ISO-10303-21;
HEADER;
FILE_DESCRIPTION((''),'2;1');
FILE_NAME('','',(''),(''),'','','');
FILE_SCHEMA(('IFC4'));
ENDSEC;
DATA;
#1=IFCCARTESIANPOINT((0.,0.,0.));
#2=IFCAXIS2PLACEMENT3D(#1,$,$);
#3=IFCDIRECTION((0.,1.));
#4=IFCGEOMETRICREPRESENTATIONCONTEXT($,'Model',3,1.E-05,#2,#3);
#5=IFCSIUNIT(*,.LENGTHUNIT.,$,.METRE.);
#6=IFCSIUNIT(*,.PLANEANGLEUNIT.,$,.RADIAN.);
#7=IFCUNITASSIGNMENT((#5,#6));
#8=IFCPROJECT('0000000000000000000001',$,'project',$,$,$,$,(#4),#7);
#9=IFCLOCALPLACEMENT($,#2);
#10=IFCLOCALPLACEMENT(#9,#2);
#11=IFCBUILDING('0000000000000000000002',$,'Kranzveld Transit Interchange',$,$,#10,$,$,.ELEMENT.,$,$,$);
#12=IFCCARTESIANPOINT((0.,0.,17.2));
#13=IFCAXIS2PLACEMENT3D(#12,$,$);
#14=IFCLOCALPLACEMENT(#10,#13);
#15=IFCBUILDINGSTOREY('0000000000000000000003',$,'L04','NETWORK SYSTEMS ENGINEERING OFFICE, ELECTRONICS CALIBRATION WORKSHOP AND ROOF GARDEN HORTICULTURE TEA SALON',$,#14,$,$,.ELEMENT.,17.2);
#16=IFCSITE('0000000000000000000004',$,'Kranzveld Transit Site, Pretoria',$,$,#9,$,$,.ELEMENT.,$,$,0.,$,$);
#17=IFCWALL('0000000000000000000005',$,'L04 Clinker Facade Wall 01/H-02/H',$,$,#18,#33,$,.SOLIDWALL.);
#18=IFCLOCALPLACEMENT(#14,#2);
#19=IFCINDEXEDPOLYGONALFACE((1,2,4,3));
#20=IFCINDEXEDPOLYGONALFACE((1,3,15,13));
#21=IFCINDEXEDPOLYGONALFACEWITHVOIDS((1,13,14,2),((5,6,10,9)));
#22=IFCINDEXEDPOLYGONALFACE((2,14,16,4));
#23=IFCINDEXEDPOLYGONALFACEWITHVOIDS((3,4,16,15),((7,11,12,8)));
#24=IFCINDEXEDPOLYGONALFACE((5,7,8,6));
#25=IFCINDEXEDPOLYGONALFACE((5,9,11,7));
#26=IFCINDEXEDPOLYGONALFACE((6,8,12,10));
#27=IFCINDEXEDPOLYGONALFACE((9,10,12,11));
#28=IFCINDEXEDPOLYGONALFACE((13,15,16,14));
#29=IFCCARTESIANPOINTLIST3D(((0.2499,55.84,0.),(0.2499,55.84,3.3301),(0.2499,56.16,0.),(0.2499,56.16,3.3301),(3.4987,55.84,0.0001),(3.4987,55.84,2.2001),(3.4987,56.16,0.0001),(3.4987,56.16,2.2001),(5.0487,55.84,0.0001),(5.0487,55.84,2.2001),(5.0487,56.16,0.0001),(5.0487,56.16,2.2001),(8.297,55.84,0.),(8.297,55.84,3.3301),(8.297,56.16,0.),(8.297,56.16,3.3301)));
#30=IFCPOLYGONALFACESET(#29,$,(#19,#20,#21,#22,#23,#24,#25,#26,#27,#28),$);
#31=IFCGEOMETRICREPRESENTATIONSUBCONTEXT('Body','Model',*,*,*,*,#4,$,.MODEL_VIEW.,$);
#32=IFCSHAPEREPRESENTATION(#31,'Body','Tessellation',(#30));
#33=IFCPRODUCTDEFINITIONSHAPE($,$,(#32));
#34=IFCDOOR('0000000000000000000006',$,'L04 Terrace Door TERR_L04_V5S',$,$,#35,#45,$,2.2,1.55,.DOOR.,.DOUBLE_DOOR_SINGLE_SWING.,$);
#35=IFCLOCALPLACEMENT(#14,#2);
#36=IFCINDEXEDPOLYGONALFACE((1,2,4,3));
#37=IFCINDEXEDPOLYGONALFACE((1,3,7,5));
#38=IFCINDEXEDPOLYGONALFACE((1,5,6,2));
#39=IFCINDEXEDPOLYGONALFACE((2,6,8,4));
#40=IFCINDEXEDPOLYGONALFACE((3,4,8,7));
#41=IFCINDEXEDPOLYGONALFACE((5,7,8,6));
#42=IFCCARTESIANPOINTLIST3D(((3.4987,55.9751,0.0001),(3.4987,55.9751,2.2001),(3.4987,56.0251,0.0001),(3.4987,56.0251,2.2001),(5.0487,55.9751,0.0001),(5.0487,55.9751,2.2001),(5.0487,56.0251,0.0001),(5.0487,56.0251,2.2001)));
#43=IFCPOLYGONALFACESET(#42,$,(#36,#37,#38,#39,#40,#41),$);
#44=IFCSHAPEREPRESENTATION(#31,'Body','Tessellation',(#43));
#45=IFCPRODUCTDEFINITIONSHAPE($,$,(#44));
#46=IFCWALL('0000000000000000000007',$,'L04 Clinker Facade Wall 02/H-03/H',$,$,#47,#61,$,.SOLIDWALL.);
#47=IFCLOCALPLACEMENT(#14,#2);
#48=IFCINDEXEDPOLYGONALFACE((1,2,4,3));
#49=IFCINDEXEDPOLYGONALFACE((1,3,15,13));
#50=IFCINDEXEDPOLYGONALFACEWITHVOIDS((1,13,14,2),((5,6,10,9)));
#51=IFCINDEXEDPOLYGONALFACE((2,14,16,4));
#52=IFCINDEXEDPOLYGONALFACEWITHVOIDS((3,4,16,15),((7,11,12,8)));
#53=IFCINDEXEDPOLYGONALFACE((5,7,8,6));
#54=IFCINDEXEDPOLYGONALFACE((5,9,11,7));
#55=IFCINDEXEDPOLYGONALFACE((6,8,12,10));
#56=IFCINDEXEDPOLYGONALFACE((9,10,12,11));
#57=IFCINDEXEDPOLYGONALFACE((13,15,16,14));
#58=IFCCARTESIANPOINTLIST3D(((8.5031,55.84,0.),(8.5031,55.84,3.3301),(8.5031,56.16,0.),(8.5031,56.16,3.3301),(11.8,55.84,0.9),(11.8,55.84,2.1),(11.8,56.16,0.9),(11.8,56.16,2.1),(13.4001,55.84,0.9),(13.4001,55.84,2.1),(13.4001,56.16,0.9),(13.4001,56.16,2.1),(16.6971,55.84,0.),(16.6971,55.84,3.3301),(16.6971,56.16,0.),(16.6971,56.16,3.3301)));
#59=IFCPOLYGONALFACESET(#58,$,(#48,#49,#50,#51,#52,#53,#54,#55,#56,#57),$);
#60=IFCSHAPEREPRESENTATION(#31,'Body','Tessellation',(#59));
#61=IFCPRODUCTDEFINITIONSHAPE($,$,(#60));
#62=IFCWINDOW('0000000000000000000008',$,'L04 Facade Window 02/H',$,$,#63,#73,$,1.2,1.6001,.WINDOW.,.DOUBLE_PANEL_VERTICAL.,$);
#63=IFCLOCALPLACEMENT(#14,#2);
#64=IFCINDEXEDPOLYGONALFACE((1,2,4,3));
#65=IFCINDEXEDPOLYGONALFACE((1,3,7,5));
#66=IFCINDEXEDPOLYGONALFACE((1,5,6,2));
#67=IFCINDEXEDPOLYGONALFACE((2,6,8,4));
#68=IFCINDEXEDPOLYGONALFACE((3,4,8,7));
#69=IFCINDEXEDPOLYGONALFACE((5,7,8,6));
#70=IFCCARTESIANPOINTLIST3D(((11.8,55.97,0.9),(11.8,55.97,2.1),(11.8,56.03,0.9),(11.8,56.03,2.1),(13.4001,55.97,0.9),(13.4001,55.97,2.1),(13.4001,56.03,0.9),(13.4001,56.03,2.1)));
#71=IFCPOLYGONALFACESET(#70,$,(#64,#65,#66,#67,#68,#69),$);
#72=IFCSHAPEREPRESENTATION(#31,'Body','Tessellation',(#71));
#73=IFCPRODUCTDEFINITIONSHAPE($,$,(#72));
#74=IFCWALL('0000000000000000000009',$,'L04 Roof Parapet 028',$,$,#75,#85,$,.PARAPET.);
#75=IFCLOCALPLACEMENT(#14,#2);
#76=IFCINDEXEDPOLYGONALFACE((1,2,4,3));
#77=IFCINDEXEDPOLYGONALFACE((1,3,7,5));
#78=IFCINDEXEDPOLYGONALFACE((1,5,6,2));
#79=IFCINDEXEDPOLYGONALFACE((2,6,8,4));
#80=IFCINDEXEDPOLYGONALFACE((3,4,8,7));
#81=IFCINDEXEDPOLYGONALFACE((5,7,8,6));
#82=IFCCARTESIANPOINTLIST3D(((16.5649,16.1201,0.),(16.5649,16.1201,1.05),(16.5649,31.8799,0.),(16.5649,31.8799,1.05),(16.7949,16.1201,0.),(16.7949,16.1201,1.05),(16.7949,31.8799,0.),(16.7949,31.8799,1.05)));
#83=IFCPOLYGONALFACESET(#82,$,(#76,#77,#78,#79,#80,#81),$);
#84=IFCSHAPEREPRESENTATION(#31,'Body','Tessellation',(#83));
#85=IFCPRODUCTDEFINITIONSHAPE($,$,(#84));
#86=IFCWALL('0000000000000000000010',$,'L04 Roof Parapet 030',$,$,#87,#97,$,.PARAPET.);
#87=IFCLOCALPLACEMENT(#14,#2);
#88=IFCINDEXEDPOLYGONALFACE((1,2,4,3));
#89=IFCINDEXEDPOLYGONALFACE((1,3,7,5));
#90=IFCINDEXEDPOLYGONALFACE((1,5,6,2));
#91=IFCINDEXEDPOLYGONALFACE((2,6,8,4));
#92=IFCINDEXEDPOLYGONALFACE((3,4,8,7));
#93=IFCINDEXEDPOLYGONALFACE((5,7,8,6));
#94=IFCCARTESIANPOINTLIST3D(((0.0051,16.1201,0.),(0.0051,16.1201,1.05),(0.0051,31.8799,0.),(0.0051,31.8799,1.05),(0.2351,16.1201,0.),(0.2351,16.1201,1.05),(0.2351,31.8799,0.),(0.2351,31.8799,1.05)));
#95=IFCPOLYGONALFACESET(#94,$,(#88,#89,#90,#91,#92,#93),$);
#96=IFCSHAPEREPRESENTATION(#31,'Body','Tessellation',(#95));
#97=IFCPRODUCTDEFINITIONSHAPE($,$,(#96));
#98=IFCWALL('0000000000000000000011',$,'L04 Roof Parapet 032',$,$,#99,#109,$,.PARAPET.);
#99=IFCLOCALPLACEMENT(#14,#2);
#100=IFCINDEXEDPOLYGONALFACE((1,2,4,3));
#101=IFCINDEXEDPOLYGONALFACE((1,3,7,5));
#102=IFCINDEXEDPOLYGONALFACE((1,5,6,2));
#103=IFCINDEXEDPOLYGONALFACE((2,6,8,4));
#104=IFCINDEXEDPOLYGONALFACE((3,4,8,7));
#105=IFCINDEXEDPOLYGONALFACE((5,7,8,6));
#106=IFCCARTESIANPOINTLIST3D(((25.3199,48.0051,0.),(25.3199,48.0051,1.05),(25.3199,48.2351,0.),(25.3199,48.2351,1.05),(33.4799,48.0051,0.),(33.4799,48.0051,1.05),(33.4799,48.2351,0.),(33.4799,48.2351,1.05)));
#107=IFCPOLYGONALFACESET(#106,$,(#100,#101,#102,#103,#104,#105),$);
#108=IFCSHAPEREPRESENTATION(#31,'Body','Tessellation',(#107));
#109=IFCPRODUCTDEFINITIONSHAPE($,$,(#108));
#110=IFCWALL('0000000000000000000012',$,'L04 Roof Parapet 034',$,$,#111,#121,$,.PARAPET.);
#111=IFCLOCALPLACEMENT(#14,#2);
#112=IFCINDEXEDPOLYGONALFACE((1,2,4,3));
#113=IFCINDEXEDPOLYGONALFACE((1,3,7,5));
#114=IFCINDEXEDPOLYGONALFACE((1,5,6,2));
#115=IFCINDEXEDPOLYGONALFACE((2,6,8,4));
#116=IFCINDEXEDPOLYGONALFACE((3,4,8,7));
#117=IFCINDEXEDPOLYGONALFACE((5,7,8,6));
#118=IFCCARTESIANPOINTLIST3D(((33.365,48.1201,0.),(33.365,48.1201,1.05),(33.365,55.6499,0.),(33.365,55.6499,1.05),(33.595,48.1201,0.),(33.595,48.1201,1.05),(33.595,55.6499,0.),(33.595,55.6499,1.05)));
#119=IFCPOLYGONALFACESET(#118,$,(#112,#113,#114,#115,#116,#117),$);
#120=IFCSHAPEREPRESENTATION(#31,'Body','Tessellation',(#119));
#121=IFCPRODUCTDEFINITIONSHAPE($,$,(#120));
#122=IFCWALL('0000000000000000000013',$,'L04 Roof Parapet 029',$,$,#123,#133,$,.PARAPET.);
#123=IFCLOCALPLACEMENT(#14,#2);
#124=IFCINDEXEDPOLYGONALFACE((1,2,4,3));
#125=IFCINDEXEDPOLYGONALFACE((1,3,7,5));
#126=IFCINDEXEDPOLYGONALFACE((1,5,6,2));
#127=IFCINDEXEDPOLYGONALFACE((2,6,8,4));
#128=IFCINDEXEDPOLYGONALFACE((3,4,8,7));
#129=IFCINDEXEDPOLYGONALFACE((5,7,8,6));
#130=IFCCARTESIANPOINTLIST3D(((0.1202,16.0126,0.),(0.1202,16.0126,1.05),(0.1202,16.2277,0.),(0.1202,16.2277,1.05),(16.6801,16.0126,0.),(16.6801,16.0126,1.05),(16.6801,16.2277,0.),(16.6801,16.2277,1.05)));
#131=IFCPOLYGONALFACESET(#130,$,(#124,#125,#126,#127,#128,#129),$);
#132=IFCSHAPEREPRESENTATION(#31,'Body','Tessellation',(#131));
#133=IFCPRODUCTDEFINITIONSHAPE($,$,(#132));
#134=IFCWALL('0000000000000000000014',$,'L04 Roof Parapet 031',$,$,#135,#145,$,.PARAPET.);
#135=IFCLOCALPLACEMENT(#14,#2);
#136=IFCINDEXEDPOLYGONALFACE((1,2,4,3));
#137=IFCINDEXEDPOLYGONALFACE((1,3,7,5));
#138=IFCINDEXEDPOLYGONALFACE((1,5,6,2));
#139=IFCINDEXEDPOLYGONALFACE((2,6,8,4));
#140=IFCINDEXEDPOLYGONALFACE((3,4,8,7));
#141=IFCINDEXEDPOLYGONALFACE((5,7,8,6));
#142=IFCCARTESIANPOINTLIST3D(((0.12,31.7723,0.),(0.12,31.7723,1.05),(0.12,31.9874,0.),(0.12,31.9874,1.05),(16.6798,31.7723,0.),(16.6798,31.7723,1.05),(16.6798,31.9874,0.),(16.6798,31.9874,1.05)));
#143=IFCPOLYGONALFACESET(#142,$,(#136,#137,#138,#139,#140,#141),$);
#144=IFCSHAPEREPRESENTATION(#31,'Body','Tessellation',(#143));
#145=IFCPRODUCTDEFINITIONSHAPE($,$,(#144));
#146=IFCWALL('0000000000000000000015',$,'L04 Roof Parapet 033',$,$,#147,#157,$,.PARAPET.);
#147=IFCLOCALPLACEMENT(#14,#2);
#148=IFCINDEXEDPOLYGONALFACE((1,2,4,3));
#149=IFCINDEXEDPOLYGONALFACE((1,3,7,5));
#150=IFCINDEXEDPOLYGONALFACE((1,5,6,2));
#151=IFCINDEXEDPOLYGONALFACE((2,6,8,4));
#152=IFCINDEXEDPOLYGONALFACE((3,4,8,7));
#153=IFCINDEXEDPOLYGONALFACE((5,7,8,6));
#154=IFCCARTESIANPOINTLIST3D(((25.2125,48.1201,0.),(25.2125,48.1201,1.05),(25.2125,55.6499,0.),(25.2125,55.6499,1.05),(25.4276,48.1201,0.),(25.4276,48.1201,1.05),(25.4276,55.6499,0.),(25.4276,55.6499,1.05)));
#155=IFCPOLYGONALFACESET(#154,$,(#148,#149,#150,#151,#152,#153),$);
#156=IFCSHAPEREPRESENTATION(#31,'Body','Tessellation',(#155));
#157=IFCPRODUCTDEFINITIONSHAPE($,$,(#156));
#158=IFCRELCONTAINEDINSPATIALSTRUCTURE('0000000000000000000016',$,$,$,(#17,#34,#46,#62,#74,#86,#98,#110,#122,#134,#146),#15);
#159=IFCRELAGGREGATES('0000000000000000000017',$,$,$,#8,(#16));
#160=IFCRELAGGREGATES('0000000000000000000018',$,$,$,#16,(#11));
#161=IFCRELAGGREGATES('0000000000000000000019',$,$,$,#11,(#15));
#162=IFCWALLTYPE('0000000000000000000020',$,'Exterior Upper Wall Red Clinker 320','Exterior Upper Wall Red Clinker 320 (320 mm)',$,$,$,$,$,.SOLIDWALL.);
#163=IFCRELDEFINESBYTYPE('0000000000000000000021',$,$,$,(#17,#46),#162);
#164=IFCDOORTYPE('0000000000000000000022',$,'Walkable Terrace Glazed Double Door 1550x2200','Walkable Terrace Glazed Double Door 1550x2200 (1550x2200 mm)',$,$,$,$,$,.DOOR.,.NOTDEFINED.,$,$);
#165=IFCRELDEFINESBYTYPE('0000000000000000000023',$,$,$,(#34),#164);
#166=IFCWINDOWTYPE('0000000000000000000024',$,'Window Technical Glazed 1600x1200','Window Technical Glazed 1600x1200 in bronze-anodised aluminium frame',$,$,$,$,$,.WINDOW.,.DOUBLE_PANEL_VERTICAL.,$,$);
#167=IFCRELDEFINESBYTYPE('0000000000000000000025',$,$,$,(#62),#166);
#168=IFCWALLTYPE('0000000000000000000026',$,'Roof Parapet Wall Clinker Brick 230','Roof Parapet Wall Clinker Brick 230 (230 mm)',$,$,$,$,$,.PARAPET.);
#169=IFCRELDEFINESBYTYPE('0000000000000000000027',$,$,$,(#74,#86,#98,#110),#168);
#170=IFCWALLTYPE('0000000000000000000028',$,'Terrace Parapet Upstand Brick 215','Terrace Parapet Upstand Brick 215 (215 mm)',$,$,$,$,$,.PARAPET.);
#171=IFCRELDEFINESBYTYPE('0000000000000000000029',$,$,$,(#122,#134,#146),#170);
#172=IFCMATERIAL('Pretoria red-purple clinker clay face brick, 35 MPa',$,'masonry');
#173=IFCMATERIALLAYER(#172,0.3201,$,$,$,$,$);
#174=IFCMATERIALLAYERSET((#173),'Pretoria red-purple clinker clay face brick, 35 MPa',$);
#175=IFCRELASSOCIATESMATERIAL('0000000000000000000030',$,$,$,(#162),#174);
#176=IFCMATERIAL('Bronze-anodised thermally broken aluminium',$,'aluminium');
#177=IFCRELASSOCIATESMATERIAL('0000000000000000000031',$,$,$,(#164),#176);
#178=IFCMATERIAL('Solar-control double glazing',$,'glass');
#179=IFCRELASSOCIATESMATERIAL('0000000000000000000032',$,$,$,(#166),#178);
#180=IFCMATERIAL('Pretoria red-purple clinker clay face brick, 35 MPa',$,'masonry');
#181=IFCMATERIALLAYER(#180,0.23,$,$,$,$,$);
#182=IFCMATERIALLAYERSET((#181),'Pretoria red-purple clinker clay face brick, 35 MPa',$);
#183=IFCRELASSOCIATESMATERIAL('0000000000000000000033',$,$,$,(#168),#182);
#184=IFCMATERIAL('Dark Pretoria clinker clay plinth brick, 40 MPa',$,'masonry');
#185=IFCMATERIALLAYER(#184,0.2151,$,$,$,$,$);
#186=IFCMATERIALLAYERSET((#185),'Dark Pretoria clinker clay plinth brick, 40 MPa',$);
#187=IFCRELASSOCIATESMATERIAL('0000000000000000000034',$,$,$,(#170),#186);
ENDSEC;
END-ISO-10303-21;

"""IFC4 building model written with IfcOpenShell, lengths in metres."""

from ifc_helpers import new_model, si_unit, direction, frame, frame_2d, origin, place, context, subcontext, project, spatial, rectangle, extrude, material, layer, layer_set, type_object, element, fill, save


model = new_model("IFC4")

# Units and contexts
model_context = context("Model", 3, precision=1e-05, world=origin(), true_north=direction((0.0, 1.0)))
body_context = subcontext(model_context, "Body", "Model", "MODEL_VIEW")
ifc_project = project(units=[si_unit("LENGTHUNIT", "METRE"), si_unit("PLANEANGLEUNIT", "RADIAN")], contexts=[model_context])

# Site, building, storey
site_placement = place(None, origin())
site = spatial("IfcSite", under=ifc_project, at=site_placement, Name="Kranzveld Transit Site, Pretoria", CompositionType="ELEMENT", RefElevation=0.0)
building_placement = place(site_placement, origin())
building = spatial("IfcBuilding", under=site, at=building_placement, Name="Kranzveld Transit Interchange", CompositionType="ELEMENT")
storey_placement = place(building_placement, frame((0.0, 0.0, 17.2)))
storey = spatial("IfcBuildingStorey", under=building, at=storey_placement, Name="L04", Description="NETWORK SYSTEMS ENGINEERING OFFICE, ELECTRONICS CALIBRATION WORKSHOP AND ROOF GARDEN HORTICULTURE TEA SALON", CompositionType="ELEMENT", Elevation=17.2)

# Wall, opening, door
ifc_material_1 = material(Name="Pretoria red-purple clinker clay face brick, 35 MPa", Category="masonry")
ifc_layer_1 = layer(ifc_material_1, 0.3201)
ifc_layer_set_1 = layer_set([ifc_layer_1], Name="Pretoria red-purple clinker clay face brick, 35 MPa")
wall_type_1 = type_object("IfcWallType", Name="Exterior Upper Wall Red Clinker 320", Description="Exterior Upper Wall Red Clinker 320 (320 mm)", PredefinedType="SOLIDWALL", material=ifc_layer_set_1)
wall_1_placement = place(storey_placement, frame((0.25, 56.0, 0.0), z_axis=(0.0, 0.0, 1.0), x_axis=(1.0, 0.0, 0.0)))
wall_1 = element("IfcWall", 1, at=wall_1_placement, inside=storey, type_object=wall_type_1, Name="L04 Clinker Facade Wall 01/H-02/H", PredefinedType="SOLIDWALL", context=body_context, shape_type="SweptSolid", body=[
    extrude(rectangle(XDim=8.0471, YDim=0.3201, at=frame_2d((4.0234, 0.0))), origin(), (0.0, 0.0, 1.0), 3.3301),
])
opening_1_placement = place(wall_1_placement, frame((4.7986, 0.0, 0.0), z_axis=(0.0, 0.0, 1.0), x_axis=(-1.0, 0.0, 0.0)))
opening_1 = element("IfcOpeningElement", 2, at=opening_1_placement, cuts=wall_1, PredefinedType="OPENING", context=body_context, shape_type="SweptSolid", body=[
    extrude(rectangle(XDim=1.55, YDim=2.2, at=frame_2d((0.7749, 1.1001))), frame((0.0, 0.1699, 0.0), z_axis=(0.0, -1.0, 0.0), x_axis=(1.0, 0.0, 0.0)), (0.0, 0.0, 1.0), 0.3401),
])
ifc_material_2 = material(Name="Bronze-anodised thermally broken aluminium", Category="aluminium")
door_type = type_object("IfcDoorType", Name="Walkable Terrace Glazed Double Door 1550x2200", Description="Walkable Terrace Glazed Double Door 1550x2200 (1550x2200 mm)", OperationType="NOTDEFINED", PredefinedType="DOOR", material=ifc_material_2)
door_placement = place(opening_1_placement, origin())
door = element("IfcDoor", 3, at=door_placement, inside=storey, type_object=door_type, Name="L04 Terrace Door TERR_L04_V5S", OperationType="DOUBLE_DOOR_SINGLE_SWING", OverallHeight=2.2, OverallWidth=1.55, PredefinedType="DOOR", context=body_context, shape_type="SweptSolid", body=[
    extrude(rectangle(XDim=1.55, YDim=2.2, at=frame_2d((0.7749, 1.1001))), frame((0.0, 0.0249, 0.0), z_axis=(0.0, -1.0, 0.0), x_axis=(1.0, 0.0, 0.0)), (0.0, 0.0, 1.0), 0.05),
])
fill(opening_1, door)

# Wall, opening, window
wall_2_placement = place(storey_placement, frame((8.5029, 56.0, 0.0), z_axis=(0.0, 0.0, 1.0), x_axis=(1.0, 0.0, 0.0)))
wall_2 = element("IfcWall", 4, at=wall_2_placement, inside=storey, type_object=wall_type_1, Name="L04 Clinker Facade Wall 02/H-03/H", PredefinedType="SOLIDWALL", context=body_context, shape_type="SweptSolid", body=[
    extrude(rectangle(XDim=8.1941, YDim=0.3201, at=frame_2d((4.0972, 0.0))), origin(), (0.0, 0.0, 1.0), 3.3301),
])
opening_2_placement = place(wall_2_placement, frame((3.2971, 0.0, 0.8999), z_axis=(0.0, 0.0, 1.0), x_axis=(1.0, 0.0, 0.0)))
opening_2 = element("IfcOpeningElement", 5, at=opening_2_placement, cuts=wall_2, PredefinedType="OPENING", context=body_context, shape_type="SweptSolid", body=[
    extrude(rectangle(XDim=1.6001, YDim=1.2, at=frame_2d((0.8, 0.6001))), frame((0.0, 0.1699, 0.0), z_axis=(0.0, -1.0, 0.0), x_axis=(1.0, 0.0, 0.0)), (0.0, 0.0, 1.0), 0.3401),
])
ifc_material_3 = material(Name="Solar-control double glazing", Category="glass")
window_type = type_object("IfcWindowType", Name="Window Technical Glazed 1600x1200", Description="Window Technical Glazed 1600x1200 in bronze-anodised aluminium frame", PartitioningType="DOUBLE_PANEL_VERTICAL", PredefinedType="WINDOW", material=ifc_material_3)
window_placement = place(opening_2_placement, origin())
window = element("IfcWindow", 6, at=window_placement, inside=storey, type_object=window_type, Name="L04 Facade Window 02/H", OverallHeight=1.2, OverallWidth=1.6001, PartitioningType="DOUBLE_PANEL_VERTICAL", PredefinedType="WINDOW", context=body_context, shape_type="SweptSolid", body=[
    extrude(rectangle(XDim=1.6001, YDim=1.2, at=frame_2d((0.8, 0.6001))), frame((0.0, 0.03, 0.0), z_axis=(0.0, -1.0, 0.0), x_axis=(1.0, 0.0, 0.0)), (0.0, 0.0, 1.0), 0.0601),
])
fill(opening_2, window)

# Walls
ifc_material_4 = material(Name="Pretoria red-purple clinker clay face brick, 35 MPa", Category="masonry")
ifc_layer_2 = layer(ifc_material_4, 0.23)
ifc_layer_set_2 = layer_set([ifc_layer_2], Name="Pretoria red-purple clinker clay face brick, 35 MPa")
wall_type_2 = type_object("IfcWallType", Name="Roof Parapet Wall Clinker Brick 230", Description="Roof Parapet Wall Clinker Brick 230 (230 mm)", PredefinedType="PARAPET", material=ifc_layer_set_2)
for number, where, z_axis, x_axis, name in (
    (7, (16.6799, 31.8799, 0.0), (0.0, 0.0, 1.0), (0.0, -1.0, 0.0), "L04 Roof Parapet 028"),
    (8, (0.1201, 16.1201, 0.0), (0.0, 0.0, 1.0), (0.0, 1.0, 0.0), "L04 Roof Parapet 030"),
):
    element("IfcWall", number, at=place(storey_placement, frame(where, z_axis=z_axis, x_axis=x_axis)), inside=storey, type_object=wall_type_2, Name=name, PredefinedType="PARAPET", context=body_context, shape_type="SweptSolid", body=[
        extrude(rectangle(XDim=15.7598, YDim=0.23, at=frame_2d((7.8799, 0.0))), origin(), (0.0, 0.0, 1.0), 1.05),
    ])
wall_3_placement = place(storey_placement, frame((33.48, 48.1201, 0.0), z_axis=(0.0, 0.0, 1.0), x_axis=(-1.0, 0.0, 0.0)))
element("IfcWall", 9, at=wall_3_placement, inside=storey, type_object=wall_type_2, Name="L04 Roof Parapet 032", PredefinedType="PARAPET", context=body_context, shape_type="SweptSolid", body=[
    extrude(rectangle(XDim=8.1599, YDim=0.23, at=frame_2d((4.0801, 0.0))), origin(), (0.0, 0.0, 1.0), 1.05),
])
wall_4_placement = place(storey_placement, frame((33.48, 55.6499, 0.0), z_axis=(0.0, 0.0, 1.0), x_axis=(0.0, -1.0, 0.0)))
element("IfcWall", 10, at=wall_4_placement, inside=storey, type_object=wall_type_2, Name="L04 Roof Parapet 034", PredefinedType="PARAPET", context=body_context, shape_type="SweptSolid", body=[
    extrude(rectangle(XDim=7.5298, YDim=0.23, at=frame_2d((3.7649, 0.0))), origin(), (0.0, 0.0, 1.0), 1.05),
])
ifc_material_5 = material(Name="Dark Pretoria clinker clay plinth brick, 40 MPa", Category="masonry")
ifc_layer_3 = layer(ifc_material_5, 0.2151)
ifc_layer_set_3 = layer_set([ifc_layer_3], Name="Dark Pretoria clinker clay plinth brick, 40 MPa")
wall_type_3 = type_object("IfcWallType", Name="Terrace Parapet Upstand Brick 215", Description="Terrace Parapet Upstand Brick 215 (215 mm)", PredefinedType="PARAPET", material=ifc_layer_set_3)
for number, where, z_axis, x_axis, name in (
    (11, (16.6799, 16.1201, 0.0), (0.0, 0.0, 1.0), (-1.0, 0.0, 0.0), "L04 Roof Parapet 029"),
    (12, (0.1201, 31.8799, 0.0), (0.0, 0.0, 1.0), (1.0, 0.0, 0.0), "L04 Roof Parapet 031"),
):
    element("IfcWall", number, at=place(storey_placement, frame(where, z_axis=z_axis, x_axis=x_axis)), inside=storey, type_object=wall_type_3, Name=name, PredefinedType="PARAPET", context=body_context, shape_type="SweptSolid", body=[
        extrude(rectangle(XDim=16.5598, YDim=0.2151, at=frame_2d((8.2798, 0.0))), origin(), (0.0, 0.0, 1.0), 1.05),
    ])
wall_5_placement = place(storey_placement, frame((25.3201, 48.1201, 0.0), z_axis=(0.0, 0.0, 1.0), x_axis=(0.0, 1.0, 0.0)))
element("IfcWall", 13, at=wall_5_placement, inside=storey, type_object=wall_type_3, Name="L04 Roof Parapet 033", PredefinedType="PARAPET", context=body_context, shape_type="SweptSolid", body=[
    extrude(rectangle(XDim=7.5298, YDim=0.2151, at=frame_2d((3.7649, 0.0))), origin(), (0.0, 0.0, 1.0), 1.05),
])

save(model, "model.ifc")
